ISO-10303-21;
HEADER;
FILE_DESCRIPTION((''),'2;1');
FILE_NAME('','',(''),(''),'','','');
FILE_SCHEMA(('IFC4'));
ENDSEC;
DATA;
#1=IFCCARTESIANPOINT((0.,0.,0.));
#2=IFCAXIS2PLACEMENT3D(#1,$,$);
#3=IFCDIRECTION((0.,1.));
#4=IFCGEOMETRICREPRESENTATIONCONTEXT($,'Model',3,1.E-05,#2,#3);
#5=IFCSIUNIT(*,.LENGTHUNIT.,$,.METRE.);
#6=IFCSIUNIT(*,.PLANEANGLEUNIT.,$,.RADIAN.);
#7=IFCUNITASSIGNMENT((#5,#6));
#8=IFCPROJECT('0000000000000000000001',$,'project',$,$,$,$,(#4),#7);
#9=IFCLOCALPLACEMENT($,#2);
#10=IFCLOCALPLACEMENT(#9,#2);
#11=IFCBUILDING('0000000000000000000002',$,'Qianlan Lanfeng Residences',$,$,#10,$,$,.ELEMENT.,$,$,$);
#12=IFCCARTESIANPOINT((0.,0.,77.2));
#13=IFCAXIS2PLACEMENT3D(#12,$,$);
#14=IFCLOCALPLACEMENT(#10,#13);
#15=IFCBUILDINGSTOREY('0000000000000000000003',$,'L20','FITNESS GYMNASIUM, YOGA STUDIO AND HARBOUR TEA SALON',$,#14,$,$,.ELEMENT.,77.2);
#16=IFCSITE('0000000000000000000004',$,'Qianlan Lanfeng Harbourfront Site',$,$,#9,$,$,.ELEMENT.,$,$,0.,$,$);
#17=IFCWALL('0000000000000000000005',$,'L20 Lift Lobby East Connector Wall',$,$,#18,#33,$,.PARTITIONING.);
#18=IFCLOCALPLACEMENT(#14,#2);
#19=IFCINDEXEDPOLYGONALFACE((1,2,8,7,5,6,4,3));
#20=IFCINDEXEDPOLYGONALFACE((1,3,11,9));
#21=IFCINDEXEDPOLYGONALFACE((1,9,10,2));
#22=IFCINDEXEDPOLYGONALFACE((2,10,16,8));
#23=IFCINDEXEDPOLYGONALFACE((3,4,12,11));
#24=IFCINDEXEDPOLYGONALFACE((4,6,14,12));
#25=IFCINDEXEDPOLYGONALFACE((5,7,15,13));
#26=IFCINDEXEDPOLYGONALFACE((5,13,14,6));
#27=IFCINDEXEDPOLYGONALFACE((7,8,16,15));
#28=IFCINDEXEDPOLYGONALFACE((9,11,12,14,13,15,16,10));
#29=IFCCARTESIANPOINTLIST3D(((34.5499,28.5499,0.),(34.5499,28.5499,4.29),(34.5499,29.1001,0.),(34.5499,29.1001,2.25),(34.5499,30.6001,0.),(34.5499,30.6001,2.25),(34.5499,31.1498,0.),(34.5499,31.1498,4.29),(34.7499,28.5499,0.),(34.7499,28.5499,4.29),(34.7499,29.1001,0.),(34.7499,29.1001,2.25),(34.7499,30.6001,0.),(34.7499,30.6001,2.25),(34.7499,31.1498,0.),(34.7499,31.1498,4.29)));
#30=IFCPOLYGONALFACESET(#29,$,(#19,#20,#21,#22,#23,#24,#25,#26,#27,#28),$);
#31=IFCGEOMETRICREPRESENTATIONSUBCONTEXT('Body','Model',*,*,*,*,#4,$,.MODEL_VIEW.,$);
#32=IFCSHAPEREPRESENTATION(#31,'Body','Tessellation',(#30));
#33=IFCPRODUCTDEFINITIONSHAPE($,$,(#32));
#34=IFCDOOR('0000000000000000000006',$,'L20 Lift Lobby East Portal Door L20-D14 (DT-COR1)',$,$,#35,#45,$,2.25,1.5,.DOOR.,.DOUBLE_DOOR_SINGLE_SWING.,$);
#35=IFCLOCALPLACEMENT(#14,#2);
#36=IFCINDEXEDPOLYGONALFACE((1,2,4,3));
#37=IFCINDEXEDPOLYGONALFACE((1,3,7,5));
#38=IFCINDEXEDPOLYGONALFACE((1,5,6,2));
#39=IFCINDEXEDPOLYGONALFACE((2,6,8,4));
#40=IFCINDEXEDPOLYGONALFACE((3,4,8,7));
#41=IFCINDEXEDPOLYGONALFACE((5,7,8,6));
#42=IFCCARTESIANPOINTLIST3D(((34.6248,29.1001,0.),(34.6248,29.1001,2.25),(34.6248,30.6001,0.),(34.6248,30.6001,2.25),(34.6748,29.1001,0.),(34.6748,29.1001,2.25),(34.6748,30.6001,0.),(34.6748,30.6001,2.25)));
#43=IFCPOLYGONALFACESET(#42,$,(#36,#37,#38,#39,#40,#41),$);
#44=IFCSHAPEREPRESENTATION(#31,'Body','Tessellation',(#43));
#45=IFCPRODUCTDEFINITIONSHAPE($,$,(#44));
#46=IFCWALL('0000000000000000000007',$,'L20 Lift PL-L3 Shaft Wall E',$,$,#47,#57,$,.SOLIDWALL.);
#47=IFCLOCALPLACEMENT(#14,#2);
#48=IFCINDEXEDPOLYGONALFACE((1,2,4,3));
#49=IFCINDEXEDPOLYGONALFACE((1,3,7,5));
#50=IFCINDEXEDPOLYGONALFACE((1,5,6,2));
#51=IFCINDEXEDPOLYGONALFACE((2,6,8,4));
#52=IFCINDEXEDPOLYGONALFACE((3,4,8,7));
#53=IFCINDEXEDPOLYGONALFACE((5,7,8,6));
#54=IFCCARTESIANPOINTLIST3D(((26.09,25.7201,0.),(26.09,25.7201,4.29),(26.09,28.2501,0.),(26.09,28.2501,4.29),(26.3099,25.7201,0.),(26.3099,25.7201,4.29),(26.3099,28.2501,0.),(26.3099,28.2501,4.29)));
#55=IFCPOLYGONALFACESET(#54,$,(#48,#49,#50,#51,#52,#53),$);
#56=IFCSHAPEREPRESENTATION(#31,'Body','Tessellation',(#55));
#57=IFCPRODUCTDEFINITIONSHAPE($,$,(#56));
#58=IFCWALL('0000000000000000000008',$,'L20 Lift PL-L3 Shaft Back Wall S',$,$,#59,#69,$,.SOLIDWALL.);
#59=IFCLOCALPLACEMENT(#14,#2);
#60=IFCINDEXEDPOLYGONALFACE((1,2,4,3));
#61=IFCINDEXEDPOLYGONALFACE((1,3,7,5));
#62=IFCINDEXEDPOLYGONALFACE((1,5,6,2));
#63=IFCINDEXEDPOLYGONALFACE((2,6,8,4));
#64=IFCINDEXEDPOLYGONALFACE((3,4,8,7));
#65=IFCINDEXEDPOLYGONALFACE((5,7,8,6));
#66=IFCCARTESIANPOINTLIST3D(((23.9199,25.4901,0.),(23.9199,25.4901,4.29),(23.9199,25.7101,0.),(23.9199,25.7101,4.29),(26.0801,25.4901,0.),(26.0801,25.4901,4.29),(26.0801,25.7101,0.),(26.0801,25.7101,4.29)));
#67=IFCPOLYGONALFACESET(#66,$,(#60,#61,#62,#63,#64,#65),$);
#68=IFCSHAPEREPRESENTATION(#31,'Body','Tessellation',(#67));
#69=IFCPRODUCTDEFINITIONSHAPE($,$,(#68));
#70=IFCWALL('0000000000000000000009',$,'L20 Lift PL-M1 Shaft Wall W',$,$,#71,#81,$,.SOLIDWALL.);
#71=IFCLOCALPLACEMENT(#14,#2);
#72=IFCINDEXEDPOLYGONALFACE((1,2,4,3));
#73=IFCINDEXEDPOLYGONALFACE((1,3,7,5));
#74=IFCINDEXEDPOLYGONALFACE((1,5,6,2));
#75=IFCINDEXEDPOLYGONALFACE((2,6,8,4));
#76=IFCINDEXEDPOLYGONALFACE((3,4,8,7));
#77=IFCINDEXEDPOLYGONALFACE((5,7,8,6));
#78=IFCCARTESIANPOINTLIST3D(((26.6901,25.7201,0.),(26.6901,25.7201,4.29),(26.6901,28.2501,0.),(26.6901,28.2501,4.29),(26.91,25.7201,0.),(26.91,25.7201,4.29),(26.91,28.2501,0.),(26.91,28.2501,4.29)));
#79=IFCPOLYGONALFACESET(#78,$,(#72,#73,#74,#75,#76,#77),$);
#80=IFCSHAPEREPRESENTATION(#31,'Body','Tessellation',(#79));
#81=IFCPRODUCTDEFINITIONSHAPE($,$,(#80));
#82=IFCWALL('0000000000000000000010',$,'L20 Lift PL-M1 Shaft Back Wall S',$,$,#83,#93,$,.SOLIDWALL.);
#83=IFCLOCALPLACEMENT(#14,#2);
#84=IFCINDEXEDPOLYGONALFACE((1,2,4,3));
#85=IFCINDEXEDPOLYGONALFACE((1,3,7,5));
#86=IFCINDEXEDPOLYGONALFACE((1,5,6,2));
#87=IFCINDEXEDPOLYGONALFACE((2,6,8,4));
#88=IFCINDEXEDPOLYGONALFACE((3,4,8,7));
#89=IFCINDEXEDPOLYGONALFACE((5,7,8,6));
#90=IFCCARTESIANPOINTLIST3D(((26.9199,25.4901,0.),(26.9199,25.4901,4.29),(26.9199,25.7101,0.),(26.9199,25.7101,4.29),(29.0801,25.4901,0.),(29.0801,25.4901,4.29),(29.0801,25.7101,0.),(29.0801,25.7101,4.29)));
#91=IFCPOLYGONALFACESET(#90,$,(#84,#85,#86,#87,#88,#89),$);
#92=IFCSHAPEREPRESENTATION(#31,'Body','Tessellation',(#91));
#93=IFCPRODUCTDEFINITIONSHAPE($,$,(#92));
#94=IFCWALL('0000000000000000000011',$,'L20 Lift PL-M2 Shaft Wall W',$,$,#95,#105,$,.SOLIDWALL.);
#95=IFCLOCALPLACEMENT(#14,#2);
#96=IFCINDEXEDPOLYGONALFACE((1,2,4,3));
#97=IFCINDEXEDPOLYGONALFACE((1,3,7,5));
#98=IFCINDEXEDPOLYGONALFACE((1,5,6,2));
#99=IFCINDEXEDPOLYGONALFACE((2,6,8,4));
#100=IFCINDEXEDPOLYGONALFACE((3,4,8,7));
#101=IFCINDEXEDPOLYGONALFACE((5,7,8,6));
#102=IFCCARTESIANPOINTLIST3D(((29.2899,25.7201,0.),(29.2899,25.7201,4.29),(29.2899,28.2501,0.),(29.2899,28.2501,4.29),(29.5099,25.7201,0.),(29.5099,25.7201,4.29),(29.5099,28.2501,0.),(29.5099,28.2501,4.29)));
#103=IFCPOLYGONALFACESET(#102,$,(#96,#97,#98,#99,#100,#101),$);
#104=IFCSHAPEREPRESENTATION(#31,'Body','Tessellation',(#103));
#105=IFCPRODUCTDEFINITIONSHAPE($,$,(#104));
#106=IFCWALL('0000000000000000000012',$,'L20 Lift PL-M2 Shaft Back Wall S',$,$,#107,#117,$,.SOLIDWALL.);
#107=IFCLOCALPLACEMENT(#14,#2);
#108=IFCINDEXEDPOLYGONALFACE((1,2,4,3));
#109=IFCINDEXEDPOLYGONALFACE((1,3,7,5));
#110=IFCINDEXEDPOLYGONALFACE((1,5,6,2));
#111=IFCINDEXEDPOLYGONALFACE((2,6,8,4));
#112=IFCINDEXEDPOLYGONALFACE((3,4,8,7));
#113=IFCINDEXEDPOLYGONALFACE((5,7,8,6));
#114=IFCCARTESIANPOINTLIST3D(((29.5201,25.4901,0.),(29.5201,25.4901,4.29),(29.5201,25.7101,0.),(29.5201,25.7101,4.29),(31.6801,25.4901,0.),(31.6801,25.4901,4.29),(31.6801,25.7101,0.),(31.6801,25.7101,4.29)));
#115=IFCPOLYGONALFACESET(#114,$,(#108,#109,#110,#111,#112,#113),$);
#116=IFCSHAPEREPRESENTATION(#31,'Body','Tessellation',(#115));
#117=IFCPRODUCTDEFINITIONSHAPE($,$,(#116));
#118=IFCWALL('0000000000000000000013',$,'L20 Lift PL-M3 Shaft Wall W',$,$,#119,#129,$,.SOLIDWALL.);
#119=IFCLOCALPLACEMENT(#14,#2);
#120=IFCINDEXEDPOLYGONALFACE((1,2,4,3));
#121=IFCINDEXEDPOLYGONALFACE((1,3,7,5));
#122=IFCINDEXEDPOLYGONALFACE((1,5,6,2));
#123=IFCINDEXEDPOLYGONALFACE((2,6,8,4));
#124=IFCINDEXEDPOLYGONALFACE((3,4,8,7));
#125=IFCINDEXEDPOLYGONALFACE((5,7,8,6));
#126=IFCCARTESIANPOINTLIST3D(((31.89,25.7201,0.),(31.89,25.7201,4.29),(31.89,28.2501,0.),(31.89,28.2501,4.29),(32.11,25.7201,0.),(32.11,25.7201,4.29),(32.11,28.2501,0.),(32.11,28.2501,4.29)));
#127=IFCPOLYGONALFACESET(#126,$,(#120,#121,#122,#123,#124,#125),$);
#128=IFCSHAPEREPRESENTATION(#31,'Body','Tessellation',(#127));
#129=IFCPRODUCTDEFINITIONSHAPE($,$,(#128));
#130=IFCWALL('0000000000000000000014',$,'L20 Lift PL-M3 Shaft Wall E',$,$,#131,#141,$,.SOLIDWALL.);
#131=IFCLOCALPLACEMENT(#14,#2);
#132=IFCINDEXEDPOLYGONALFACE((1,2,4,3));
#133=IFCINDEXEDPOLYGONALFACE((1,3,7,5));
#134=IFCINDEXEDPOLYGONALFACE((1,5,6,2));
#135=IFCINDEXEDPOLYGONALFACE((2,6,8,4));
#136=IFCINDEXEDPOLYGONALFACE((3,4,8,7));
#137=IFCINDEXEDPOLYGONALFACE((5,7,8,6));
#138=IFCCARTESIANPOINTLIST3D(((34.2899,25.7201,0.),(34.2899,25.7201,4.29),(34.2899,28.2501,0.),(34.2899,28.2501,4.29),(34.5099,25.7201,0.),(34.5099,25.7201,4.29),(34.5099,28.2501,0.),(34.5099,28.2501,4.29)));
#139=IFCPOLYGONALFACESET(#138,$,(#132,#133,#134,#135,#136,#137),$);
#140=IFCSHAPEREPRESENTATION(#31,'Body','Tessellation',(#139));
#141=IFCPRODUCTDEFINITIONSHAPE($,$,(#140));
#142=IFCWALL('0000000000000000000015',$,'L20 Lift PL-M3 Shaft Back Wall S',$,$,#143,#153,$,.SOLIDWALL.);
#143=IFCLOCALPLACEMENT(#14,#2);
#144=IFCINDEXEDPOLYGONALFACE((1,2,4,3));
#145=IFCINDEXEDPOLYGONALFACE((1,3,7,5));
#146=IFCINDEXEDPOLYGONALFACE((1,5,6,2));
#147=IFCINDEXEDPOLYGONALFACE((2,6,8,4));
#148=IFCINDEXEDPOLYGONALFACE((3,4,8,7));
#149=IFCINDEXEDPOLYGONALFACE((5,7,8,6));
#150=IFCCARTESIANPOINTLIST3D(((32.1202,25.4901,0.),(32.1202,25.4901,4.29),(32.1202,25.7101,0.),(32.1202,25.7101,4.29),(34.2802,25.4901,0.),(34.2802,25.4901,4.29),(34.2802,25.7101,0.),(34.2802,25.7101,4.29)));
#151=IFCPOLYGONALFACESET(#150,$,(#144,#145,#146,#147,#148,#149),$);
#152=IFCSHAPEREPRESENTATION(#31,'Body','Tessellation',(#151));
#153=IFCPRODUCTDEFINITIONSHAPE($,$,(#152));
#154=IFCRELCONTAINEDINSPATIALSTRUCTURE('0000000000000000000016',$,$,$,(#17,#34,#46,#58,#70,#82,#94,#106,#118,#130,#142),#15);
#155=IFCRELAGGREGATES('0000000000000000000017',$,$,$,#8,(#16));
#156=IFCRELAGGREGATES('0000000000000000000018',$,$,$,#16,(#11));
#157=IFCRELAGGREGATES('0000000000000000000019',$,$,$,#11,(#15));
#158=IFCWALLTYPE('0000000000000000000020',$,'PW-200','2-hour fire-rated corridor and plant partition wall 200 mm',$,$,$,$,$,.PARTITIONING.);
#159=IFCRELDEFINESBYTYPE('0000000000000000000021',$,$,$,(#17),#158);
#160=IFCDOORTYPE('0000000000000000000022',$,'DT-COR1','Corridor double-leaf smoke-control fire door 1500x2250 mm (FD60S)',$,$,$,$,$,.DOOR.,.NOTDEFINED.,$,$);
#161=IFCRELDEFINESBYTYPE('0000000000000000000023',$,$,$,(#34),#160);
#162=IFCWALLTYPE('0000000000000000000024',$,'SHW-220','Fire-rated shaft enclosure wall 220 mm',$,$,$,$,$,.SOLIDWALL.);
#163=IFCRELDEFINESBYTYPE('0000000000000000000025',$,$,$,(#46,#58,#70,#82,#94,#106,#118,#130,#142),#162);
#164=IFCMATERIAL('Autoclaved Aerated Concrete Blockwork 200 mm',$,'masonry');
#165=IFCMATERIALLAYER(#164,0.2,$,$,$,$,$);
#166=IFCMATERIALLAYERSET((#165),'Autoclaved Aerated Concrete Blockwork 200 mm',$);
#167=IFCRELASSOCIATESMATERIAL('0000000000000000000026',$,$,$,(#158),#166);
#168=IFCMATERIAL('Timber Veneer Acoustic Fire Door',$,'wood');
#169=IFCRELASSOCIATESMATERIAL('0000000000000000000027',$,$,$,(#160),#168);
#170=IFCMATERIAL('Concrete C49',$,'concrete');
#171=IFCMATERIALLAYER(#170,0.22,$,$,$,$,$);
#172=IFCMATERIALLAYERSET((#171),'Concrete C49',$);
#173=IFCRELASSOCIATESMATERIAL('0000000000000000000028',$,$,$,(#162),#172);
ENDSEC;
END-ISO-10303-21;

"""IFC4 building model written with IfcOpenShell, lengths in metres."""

from ifc_helpers import new_model, si_unit, direction, frame, frame_2d, origin, place, context, subcontext, project, spatial, rectangle, extrude, material, layer, layer_set, type_object, element, fill, save


model = new_model("IFC4")

# Units and contexts
model_context = context("Model", 3, precision=1e-05, world=origin(), true_north=direction((0.0, 1.0)))
body_context = subcontext(model_context, "Body", "Model", "MODEL_VIEW")
ifc_project = project(units=[si_unit("LENGTHUNIT", "METRE"), si_unit("PLANEANGLEUNIT", "RADIAN")], contexts=[model_context])

# Site, building, storey
site_placement = place(None, origin())
site = spatial("IfcSite", under=ifc_project, at=site_placement, Name="Qianlan Lanfeng Harbourfront Site", CompositionType="ELEMENT", RefElevation=0.0)
building_placement = place(site_placement, origin())
building = spatial("IfcBuilding", under=site, at=building_placement, Name="Qianlan Lanfeng Residences", CompositionType="ELEMENT")
storey_placement = place(building_placement, frame((0.0, 0.0, 77.2)))
storey = spatial("IfcBuildingStorey", under=building, at=storey_placement, Name="L20", Description="FITNESS GYMNASIUM, YOGA STUDIO AND HARBOUR TEA SALON", CompositionType="ELEMENT", Elevation=77.2)

# Wall, opening, door
ifc_material_1 = material(Name="Autoclaved Aerated Concrete Blockwork 200 mm", Category="masonry")
ifc_layer_1 = layer(ifc_material_1, 0.2)
ifc_layer_set_1 = layer_set([ifc_layer_1], Name="Autoclaved Aerated Concrete Blockwork 200 mm")
wall_type_1 = type_object("IfcWallType", Name="PW-200", Description="2-hour fire-rated corridor and plant partition wall 200 mm", PredefinedType="PARTITIONING", material=ifc_layer_set_1)
wall_1_placement = place(storey_placement, frame((34.6499, 28.55, 0.0), z_axis=(0.0, 0.0, 1.0), x_axis=(0.0, 1.0, 0.0)))
wall_1 = element("IfcWall", 1, at=wall_1_placement, inside=storey, type_object=wall_type_1, Name="L20 Lift Lobby East Connector Wall", PredefinedType="PARTITIONING", context=body_context, shape_type="SweptSolid", body=[
    extrude(rectangle(XDim=2.5999, YDim=0.2, at=frame_2d((1.2998, 0.0))), origin(), (0.0, 0.0, 1.0), 4.29),
])
opening_1_placement = place(wall_1_placement, frame((0.55, 0.0, 0.0)))
opening_1 = element("IfcOpeningElement", 2, at=opening_1_placement, cuts=wall_1, PredefinedType="OPENING", context=body_context, shape_type="SweptSolid", body=[
    extrude(rectangle(XDim=1.5, YDim=2.25, at=frame_2d((0.75, 1.125))), frame((0.0, 0.1099, 0.0), z_axis=(0.0, -1.0, 0.0), x_axis=(1.0, 0.0, 0.0)), (0.0, 0.0, 1.0), 0.22),
])
ifc_material_2 = material(Name="Timber Veneer Acoustic Fire Door", Category="wood")
door_type_1 = type_object("IfcDoorType", Name="DT-COR1", Description="Corridor double-leaf smoke-control fire door 1500x2250 mm (FD60S)", OperationType="NOTDEFINED", PredefinedType="DOOR", material=ifc_material_2)
door_1_placement = place(opening_1_placement, frame((1.5, 0.0, 0.0), z_axis=(0.0, 0.0, 1.0), x_axis=(-1.0, 0.0, 0.0)))
door_1 = element("IfcDoor", 3, at=door_1_placement, inside=storey, type_object=door_type_1, Name="L20 Lift Lobby East Portal Door L20-D14 (DT-COR1)", OperationType="DOUBLE_DOOR_SINGLE_SWING", OverallHeight=2.25, OverallWidth=1.5, PredefinedType="DOOR", context=body_context, shape_type="SweptSolid", body=[
    extrude(rectangle(XDim=1.5, YDim=2.25, at=frame_2d((0.75, 1.125))), frame((0.0, 0.0249, 0.0), z_axis=(0.0, -1.0, 0.0), x_axis=(1.0, 0.0, 0.0)), (0.0, 0.0, 1.0), 0.05),
])
fill(opening_1, door_1)

# Walls
ifc_material_3 = material(Name="Concrete C49", Category="concrete")
ifc_layer_2 = layer(ifc_material_3, 0.22)
ifc_layer_set_2 = layer_set([ifc_layer_2], Name="Concrete C49")
wall_type_2 = type_object("IfcWallType", Name="SHW-220", Description="Fire-rated shaft enclosure wall 220 mm", PredefinedType="SOLIDWALL", material=ifc_layer_set_2)
wall_2_placement = place(storey_placement, frame((26.2, 25.72, 0.0), z_axis=(0.0, 0.0, 1.0), x_axis=(0.0, 1.0, 0.0)))
element("IfcWall", 4, at=wall_2_placement, inside=storey, type_object=wall_type_2, Name="L20 Lift PL-L3 Shaft Wall E", PredefinedType="SOLIDWALL", context=body_context, shape_type="SweptSolid", body=[
    extrude(rectangle(XDim=2.53, YDim=0.22, at=frame_2d((1.2651, 0.0))), origin(), (0.0, 0.0, 1.0), 4.29),
])
wall_3_placement = place(storey_placement, frame((23.9199, 25.6001, 0.0), z_axis=(0.0, 0.0, 1.0), x_axis=(1.0, 0.0, 0.0)))
element("IfcWall", 5, at=wall_3_placement, inside=storey, type_object=wall_type_2, Name="L20 Lift PL-L3 Shaft Back Wall S", PredefinedType="SOLIDWALL", context=body_context, shape_type="SweptSolid", body=[
    extrude(rectangle(XDim=2.1602, YDim=0.22, at=frame_2d((1.0801, 0.0))), origin(), (0.0, 0.0, 1.0), 4.29),
])
wall_4_placement = place(storey_placement, frame((26.8, 25.72, 0.0), z_axis=(0.0, 0.0, 1.0), x_axis=(0.0, 1.0, 0.0)))
element("IfcWall", 6, at=wall_4_placement, inside=storey, type_object=wall_type_2, Name="L20 Lift PL-M1 Shaft Wall W", PredefinedType="SOLIDWALL", context=body_context, shape_type="SweptSolid", body=[
    extrude(rectangle(XDim=2.53, YDim=0.22, at=frame_2d((1.2651, 0.0))), origin(), (0.0, 0.0, 1.0), 4.29),
])
wall_5_placement = place(storey_placement, frame((26.9199, 25.6001, 0.0), z_axis=(0.0, 0.0, 1.0), x_axis=(1.0, 0.0, 0.0)))
element("IfcWall", 7, at=wall_5_placement, inside=storey, type_object=wall_type_2, Name="L20 Lift PL-M1 Shaft Back Wall S", PredefinedType="SOLIDWALL", context=body_context, shape_type="SweptSolid", body=[
    extrude(rectangle(XDim=2.1602, YDim=0.22, at=frame_2d((1.0801, 0.0))), origin(), (0.0, 0.0, 1.0), 4.29),
])
wall_6_placement = place(storey_placement, frame((29.3999, 25.72, 0.0), z_axis=(0.0, 0.0, 1.0), x_axis=(0.0, 1.0, 0.0)))
element("IfcWall", 8, at=wall_6_placement, inside=storey, type_object=wall_type_2, Name="L20 Lift PL-M2 Shaft Wall W", PredefinedType="SOLIDWALL", context=body_context, shape_type="SweptSolid", body=[
    extrude(rectangle(XDim=2.53, YDim=0.22, at=frame_2d((1.2651, 0.0))), origin(), (0.0, 0.0, 1.0), 4.29),
])
wall_7_placement = place(storey_placement, frame((29.52, 25.6001, 0.0), z_axis=(0.0, 0.0, 1.0), x_axis=(1.0, 0.0, 0.0)))
element("IfcWall", 9, at=wall_7_placement, inside=storey, type_object=wall_type_2, Name="L20 Lift PL-M2 Shaft Back Wall S", PredefinedType="SOLIDWALL", context=body_context, shape_type="SweptSolid", body=[
    extrude(rectangle(XDim=2.1599, YDim=0.22, at=frame_2d((1.0801, 0.0))), origin(), (0.0, 0.0, 1.0), 4.29),
])
for number, where, z_axis, x_axis, name in (
    (10, (32.0, 25.72, 0.0), (0.0, 0.0, 1.0), (0.0, 1.0, 0.0), "L20 Lift PL-M3 Shaft Wall W"),
    (11, (34.3999, 25.72, 0.0), (0.0, 0.0, 1.0), (0.0, 1.0, 0.0), "L20 Lift PL-M3 Shaft Wall E"),
):
    element("IfcWall", number, at=place(storey_placement, frame(where, z_axis=z_axis, x_axis=x_axis)), inside=storey, type_object=wall_type_2, Name=name, PredefinedType="SOLIDWALL", context=body_context, shape_type="SweptSolid", body=[
        extrude(rectangle(XDim=2.53, YDim=0.22, at=frame_2d((1.2651, 0.0))), origin(), (0.0, 0.0, 1.0), 4.29),
    ])
wall_8_placement = place(storey_placement, frame((32.1201, 25.6001, 0.0), z_axis=(0.0, 0.0, 1.0), x_axis=(1.0, 0.0, 0.0)))
element("IfcWall", 12, at=wall_8_placement, inside=storey, type_object=wall_type_2, Name="L20 Lift PL-M3 Shaft Back Wall S", PredefinedType="SOLIDWALL", context=body_context, shape_type="SweptSolid", body=[
    extrude(rectangle(XDim=2.1599, YDim=0.22, at=frame_2d((1.0801, 0.0))), origin(), (0.0, 0.0, 1.0), 4.29),
])

save(model, "model.ifc")
